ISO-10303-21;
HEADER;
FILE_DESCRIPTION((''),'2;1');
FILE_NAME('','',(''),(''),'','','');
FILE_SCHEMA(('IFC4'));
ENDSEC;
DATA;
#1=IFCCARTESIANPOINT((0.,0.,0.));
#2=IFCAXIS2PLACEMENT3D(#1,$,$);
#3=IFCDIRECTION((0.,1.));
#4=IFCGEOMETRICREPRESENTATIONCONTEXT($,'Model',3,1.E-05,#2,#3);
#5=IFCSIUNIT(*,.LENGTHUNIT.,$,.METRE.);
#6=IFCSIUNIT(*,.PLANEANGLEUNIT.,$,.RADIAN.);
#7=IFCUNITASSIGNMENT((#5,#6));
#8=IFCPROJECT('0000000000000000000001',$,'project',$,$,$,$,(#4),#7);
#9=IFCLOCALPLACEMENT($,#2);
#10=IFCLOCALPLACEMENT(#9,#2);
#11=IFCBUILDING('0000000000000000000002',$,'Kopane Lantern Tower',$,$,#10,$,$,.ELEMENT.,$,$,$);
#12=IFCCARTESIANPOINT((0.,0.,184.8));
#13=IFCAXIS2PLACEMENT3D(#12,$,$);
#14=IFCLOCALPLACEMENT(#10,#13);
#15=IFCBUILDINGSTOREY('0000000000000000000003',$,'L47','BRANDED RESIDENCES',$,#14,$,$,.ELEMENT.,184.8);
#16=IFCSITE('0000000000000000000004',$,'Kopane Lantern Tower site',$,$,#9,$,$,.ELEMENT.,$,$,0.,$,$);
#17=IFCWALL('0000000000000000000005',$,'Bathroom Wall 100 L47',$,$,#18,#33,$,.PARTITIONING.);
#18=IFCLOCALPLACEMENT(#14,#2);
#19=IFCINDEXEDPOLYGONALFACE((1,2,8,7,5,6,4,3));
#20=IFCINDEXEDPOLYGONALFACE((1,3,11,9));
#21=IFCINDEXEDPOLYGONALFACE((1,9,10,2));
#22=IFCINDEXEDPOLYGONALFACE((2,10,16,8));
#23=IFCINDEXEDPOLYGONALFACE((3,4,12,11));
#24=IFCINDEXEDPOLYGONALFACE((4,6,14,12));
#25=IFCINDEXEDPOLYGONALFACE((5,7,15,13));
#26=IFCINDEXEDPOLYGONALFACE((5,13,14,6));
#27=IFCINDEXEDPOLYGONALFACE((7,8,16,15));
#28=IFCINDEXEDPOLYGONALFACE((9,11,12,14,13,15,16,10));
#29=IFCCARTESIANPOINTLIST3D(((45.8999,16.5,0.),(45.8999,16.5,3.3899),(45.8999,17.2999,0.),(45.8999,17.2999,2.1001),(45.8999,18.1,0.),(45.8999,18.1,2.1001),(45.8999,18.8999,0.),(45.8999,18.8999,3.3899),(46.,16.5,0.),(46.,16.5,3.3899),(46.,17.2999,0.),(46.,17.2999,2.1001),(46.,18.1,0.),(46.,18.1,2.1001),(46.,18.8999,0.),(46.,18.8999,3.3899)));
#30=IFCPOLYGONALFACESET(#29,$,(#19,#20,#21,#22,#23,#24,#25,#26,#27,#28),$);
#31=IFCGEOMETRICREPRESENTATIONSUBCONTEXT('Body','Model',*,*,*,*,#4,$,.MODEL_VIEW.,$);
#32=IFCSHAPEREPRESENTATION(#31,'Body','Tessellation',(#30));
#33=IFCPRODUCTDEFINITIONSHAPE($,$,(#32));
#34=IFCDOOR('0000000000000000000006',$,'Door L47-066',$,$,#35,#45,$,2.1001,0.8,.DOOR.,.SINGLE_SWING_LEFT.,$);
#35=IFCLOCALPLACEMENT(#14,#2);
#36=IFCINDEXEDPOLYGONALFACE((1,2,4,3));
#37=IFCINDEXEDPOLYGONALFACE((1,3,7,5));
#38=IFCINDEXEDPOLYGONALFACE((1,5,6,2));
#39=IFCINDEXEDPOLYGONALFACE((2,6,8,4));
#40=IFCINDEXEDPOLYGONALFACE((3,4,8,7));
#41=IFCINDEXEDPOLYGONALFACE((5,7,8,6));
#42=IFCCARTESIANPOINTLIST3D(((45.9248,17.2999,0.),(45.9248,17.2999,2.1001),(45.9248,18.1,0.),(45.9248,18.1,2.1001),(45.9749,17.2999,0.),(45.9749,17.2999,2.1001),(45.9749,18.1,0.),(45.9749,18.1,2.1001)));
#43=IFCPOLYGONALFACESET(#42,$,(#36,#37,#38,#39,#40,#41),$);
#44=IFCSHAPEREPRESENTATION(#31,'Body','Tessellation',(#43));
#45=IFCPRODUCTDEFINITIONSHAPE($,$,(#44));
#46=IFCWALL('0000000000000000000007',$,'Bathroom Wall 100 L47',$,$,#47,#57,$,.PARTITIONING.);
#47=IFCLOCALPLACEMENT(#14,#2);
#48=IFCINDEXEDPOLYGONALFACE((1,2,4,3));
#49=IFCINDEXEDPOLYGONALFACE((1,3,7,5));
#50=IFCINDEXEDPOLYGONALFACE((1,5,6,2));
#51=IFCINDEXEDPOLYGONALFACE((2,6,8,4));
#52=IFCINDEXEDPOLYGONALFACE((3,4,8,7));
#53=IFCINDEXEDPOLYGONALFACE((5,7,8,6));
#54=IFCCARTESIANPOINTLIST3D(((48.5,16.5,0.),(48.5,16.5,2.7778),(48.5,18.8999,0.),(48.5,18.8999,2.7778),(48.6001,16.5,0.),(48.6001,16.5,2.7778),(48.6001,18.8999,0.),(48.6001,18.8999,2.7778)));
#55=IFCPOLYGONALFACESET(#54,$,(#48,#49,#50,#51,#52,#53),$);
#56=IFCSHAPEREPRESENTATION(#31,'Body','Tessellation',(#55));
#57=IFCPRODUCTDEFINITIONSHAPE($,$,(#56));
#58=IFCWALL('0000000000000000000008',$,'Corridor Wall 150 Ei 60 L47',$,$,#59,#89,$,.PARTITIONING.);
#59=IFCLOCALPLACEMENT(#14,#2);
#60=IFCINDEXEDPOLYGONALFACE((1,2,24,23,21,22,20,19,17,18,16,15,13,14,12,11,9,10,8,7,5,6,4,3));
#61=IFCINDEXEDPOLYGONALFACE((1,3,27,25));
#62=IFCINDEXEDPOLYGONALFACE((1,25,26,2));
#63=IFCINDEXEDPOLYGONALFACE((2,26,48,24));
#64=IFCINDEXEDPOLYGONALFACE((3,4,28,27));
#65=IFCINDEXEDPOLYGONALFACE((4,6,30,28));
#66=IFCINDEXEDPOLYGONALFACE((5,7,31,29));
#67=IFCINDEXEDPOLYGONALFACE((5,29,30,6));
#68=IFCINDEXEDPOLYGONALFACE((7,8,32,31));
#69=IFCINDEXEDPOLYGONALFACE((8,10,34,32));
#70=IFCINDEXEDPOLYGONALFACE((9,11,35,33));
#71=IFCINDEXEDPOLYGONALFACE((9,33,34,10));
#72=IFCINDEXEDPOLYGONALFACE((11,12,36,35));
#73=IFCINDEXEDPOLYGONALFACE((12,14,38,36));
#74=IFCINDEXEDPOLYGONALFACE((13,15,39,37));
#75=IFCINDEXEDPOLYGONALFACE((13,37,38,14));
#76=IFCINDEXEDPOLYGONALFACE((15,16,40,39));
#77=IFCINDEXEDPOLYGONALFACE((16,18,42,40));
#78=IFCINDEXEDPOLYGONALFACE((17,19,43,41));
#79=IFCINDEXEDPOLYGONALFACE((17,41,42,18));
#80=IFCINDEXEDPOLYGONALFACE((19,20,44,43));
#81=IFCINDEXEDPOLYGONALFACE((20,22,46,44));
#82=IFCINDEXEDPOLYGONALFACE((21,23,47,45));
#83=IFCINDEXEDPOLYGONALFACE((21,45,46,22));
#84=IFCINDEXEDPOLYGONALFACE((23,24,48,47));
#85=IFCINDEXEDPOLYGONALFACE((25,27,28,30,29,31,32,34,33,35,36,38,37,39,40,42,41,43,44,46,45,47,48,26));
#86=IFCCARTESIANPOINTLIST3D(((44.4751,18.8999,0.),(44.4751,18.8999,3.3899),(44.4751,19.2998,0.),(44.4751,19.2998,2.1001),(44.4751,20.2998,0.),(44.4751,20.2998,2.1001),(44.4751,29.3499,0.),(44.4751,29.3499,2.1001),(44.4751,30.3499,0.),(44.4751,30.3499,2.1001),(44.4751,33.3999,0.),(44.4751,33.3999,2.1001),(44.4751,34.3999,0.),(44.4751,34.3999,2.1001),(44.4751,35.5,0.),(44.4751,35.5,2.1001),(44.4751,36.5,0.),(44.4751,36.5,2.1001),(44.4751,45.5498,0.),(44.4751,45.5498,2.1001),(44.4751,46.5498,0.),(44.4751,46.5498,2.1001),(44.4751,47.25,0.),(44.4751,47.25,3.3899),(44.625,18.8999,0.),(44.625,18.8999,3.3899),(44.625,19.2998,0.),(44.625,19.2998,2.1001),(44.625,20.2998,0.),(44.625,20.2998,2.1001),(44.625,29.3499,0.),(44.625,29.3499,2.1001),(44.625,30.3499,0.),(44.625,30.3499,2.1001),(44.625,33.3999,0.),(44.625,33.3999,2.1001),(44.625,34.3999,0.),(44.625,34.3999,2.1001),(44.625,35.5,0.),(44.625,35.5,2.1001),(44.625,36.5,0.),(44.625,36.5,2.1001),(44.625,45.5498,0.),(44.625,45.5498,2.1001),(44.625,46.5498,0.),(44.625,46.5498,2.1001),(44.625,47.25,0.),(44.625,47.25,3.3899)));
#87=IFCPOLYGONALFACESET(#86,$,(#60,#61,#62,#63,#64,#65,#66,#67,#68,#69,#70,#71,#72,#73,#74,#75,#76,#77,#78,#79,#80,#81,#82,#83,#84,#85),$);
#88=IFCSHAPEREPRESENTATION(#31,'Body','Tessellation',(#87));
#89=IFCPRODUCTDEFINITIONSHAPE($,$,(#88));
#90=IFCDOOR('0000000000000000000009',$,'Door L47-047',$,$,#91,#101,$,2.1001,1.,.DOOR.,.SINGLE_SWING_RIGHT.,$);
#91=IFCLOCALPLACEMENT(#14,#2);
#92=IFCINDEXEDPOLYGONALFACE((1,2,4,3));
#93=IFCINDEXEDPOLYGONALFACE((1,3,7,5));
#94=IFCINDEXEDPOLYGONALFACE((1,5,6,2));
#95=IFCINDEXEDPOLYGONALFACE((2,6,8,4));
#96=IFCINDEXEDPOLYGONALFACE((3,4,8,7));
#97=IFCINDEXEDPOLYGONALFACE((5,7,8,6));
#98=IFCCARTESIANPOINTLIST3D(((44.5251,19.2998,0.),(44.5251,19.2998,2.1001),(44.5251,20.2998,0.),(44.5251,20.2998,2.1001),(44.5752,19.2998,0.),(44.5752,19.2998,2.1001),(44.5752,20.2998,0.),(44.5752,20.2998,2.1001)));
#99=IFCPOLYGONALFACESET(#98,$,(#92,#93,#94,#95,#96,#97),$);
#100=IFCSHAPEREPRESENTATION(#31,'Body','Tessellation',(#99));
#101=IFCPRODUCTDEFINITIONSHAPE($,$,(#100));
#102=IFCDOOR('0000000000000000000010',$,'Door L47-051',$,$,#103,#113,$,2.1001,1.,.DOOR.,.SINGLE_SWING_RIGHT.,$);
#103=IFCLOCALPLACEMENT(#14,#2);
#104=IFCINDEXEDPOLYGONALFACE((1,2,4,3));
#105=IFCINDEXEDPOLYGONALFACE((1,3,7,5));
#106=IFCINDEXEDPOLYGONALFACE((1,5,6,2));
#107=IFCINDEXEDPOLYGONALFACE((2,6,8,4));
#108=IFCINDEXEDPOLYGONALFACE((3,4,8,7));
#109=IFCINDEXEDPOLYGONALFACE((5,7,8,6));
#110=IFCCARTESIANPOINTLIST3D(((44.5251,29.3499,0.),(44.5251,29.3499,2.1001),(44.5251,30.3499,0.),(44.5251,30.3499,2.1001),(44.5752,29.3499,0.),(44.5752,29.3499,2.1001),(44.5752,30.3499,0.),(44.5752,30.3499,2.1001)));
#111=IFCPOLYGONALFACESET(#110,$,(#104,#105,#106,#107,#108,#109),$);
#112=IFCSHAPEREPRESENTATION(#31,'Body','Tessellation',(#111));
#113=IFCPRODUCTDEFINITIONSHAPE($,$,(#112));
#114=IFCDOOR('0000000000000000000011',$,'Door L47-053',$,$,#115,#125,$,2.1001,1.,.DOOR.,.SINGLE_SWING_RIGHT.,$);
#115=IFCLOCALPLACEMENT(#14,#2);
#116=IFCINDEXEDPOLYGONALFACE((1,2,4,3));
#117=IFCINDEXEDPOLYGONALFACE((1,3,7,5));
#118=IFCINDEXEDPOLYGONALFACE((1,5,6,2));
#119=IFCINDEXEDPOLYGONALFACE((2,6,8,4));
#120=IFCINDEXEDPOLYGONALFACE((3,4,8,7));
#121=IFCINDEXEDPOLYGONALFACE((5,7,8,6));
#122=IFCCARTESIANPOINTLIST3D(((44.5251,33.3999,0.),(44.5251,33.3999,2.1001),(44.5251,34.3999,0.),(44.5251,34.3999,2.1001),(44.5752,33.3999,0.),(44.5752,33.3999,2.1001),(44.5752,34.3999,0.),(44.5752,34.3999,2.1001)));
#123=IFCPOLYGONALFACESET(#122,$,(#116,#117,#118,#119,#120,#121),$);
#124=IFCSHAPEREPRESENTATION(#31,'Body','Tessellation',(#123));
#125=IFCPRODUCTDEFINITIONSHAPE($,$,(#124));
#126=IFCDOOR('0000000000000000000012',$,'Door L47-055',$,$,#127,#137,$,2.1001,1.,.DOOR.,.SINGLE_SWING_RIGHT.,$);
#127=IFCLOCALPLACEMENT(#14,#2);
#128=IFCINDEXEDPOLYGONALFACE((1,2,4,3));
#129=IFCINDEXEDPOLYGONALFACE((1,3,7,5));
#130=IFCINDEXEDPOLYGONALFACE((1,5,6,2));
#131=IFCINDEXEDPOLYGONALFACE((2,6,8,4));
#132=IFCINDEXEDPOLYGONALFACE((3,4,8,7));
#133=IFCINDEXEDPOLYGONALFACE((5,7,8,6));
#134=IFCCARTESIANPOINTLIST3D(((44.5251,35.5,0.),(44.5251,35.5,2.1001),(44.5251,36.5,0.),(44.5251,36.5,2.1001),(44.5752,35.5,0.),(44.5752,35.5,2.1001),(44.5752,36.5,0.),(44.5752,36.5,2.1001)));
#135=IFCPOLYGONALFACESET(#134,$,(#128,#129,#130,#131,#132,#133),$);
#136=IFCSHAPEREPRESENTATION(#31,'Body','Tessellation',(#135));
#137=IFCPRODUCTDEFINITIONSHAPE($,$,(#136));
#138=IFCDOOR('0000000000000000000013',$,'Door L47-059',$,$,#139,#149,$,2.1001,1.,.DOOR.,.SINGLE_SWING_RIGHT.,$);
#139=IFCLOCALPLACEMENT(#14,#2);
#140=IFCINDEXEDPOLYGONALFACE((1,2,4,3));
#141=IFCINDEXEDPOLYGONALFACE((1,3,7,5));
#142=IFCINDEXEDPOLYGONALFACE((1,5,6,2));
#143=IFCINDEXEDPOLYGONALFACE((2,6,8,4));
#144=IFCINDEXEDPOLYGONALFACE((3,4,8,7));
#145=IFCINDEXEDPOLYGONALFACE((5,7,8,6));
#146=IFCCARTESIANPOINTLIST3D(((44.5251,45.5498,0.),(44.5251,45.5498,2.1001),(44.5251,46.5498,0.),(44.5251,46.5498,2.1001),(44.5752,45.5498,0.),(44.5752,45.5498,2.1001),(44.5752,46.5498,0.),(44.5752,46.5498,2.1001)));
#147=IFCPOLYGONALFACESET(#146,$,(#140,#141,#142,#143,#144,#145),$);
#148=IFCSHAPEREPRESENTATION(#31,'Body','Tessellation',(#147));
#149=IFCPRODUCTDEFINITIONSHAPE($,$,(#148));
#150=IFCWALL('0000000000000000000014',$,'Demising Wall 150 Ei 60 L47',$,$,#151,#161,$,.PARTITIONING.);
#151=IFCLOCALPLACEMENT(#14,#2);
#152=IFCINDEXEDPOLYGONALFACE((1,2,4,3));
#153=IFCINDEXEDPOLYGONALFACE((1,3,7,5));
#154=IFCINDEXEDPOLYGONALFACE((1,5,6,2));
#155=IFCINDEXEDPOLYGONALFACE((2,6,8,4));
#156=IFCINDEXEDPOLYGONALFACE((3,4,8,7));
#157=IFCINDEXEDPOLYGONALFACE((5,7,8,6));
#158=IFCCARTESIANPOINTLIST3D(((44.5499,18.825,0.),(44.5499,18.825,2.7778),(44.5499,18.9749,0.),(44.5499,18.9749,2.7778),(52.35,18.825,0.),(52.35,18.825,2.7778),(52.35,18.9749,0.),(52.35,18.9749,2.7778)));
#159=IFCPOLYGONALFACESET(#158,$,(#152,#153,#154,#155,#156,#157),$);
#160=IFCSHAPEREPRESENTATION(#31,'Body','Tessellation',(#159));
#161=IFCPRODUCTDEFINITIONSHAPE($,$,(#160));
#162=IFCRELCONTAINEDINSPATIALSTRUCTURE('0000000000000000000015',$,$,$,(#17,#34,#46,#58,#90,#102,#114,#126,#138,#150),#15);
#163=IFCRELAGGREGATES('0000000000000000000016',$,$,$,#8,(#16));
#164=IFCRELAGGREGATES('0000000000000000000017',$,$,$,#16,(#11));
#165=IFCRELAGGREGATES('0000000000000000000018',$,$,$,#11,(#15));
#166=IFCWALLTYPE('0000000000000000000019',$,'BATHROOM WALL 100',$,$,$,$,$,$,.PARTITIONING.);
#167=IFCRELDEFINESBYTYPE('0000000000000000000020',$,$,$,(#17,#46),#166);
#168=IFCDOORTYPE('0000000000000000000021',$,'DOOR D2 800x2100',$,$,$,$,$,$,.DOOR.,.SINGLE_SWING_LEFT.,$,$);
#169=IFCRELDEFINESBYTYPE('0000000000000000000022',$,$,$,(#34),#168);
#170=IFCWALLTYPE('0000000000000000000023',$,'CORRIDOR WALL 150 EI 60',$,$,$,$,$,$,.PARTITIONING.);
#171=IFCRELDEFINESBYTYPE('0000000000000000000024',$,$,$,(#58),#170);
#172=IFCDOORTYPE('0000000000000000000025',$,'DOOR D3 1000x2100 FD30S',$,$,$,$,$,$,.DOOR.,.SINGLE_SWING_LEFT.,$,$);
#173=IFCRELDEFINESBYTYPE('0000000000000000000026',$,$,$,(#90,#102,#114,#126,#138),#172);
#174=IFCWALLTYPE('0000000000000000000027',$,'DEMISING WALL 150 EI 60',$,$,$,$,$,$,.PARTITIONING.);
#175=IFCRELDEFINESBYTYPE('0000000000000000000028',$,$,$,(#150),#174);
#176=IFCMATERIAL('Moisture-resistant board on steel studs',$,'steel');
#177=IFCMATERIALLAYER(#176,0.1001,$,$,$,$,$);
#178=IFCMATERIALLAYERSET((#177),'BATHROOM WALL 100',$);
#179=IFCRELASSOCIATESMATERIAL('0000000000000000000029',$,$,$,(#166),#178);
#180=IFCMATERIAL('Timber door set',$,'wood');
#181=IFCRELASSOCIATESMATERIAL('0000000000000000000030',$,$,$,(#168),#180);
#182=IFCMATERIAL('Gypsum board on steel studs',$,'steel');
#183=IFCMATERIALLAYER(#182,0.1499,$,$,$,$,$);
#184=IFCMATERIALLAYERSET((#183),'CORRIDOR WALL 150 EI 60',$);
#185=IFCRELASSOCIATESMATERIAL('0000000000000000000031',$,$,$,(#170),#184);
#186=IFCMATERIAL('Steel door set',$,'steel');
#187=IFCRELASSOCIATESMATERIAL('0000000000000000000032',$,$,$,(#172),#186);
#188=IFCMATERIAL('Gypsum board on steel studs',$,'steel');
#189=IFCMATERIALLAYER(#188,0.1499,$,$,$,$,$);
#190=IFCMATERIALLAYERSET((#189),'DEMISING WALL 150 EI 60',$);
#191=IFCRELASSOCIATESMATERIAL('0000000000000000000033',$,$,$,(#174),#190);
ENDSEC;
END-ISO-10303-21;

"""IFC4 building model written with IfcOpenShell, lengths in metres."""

from ifc_helpers import new_model, si_unit, direction, frame, frame_2d, origin, place, context, subcontext, project, spatial, rectangle, extrude, material, layer, layer_set, type_object, element, fill, save


model = new_model("IFC4")

# Units and contexts
model_context = context("Model", 3, precision=1e-05, world=origin(), true_north=direction((0.0, 1.0)))
body_context = subcontext(model_context, "Body", "Model", "MODEL_VIEW")
ifc_project = project(units=[si_unit("LENGTHUNIT", "METRE"), si_unit("PLANEANGLEUNIT", "RADIAN")], contexts=[model_context])

# Site, building, storey
site_placement = place(None, origin())
site = spatial("IfcSite", under=ifc_project, at=site_placement, Name="Kopane Lantern Tower site", CompositionType="ELEMENT", RefElevation=0.0)
building_placement = place(site_placement, origin())
building = spatial("IfcBuilding", under=site, at=building_placement, Name="Kopane Lantern Tower", CompositionType="ELEMENT")
storey_placement = place(building_placement, frame((0.0, 0.0, 184.8)))
storey = spatial("IfcBuildingStorey", under=building, at=storey_placement, Name="L47", Description="BRANDED RESIDENCES", CompositionType="ELEMENT", Elevation=184.8)

# Wall, opening, door
ifc_material_1 = material(Name="Moisture-resistant board on steel studs", Category="steel")
ifc_layer_1 = layer(ifc_material_1, 0.1001)
ifc_layer_set_1 = layer_set([ifc_layer_1], Name="BATHROOM WALL 100")
wall_type_1 = type_object("IfcWallType", Name="BATHROOM WALL 100", PredefinedType="PARTITIONING", material=ifc_layer_set_1)
wall_1_placement = place(storey_placement, frame((45.95, 18.8999, 0.0), z_axis=(0.0, 0.0, 1.0), x_axis=(0.0, -1.0, 0.0)))
wall_1 = element("IfcWall", 1, at=wall_1_placement, inside=storey, type_object=wall_type_1, Name="Bathroom Wall 100 L47", PredefinedType="PARTITIONING", context=body_context, shape_type="SweptSolid", body=[
    extrude(rectangle(XDim=2.3999, YDim=0.1001, at=frame_2d((1.2, 0.0))), origin(), (0.0, 0.0, 1.0), 3.3899),
])
opening_1_placement = place(wall_1_placement, frame((0.8, 0.0, 0.0)))
opening_1 = element("IfcOpeningElement", 2, at=opening_1_placement, cuts=wall_1, PredefinedType="OPENING", context=body_context, shape_type="SweptSolid", body=[
    extrude(rectangle(XDim=0.8, YDim=2.1001, at=frame_2d((0.3999, 1.05))), frame((0.0, 0.0601, 0.0), z_axis=(0.0, -1.0, 0.0), x_axis=(1.0, 0.0, 0.0)), (0.0, 0.0, 1.0), 0.1201),
])
ifc_material_2 = material(Name="Timber door set", Category="wood")
door_type_1 = type_object("IfcDoorType", Name="DOOR D2 800x2100", OperationType="SINGLE_SWING_LEFT", PredefinedType="DOOR", material=ifc_material_2)
door_1_placement = place(opening_1_placement, origin())
door_1 = element("IfcDoor", 3, at=door_1_placement, inside=storey, type_object=door_type_1, Name="Door L47-066", OperationType="SINGLE_SWING_LEFT", OverallHeight=2.1001, OverallWidth=0.8, PredefinedType="DOOR", context=body_context, shape_type="SweptSolid", body=[
    extrude(rectangle(XDim=0.8, YDim=2.1001, at=frame_2d((0.3999, 1.05))), frame((0.0, 0.0249, 0.0), z_axis=(0.0, -1.0, 0.0), x_axis=(1.0, 0.0, 0.0)), (0.0, 0.0, 1.0), 0.05),
])
fill(opening_1, door_1)

# Wall
wall_2_placement = place(storey_placement, frame((48.55, 18.8999, 0.0), z_axis=(0.0, 0.0, 1.0), x_axis=(0.0, -1.0, 0.0)))
element("IfcWall", 4, at=wall_2_placement, inside=storey, type_object=wall_type_1, Name="Bathroom Wall 100 L47", PredefinedType="PARTITIONING", context=body_context, shape_type="SweptSolid", body=[
    extrude(rectangle(XDim=2.3999, YDim=0.1001, at=frame_2d((1.2, 0.0))), origin(), (0.0, 0.0, 1.0), 2.7778),
])

# Wall, openings, doors
ifc_material_3 = material(Name="Gypsum board on steel studs", Category="steel")
ifc_layer_2 = layer(ifc_material_3, 0.1499)
ifc_layer_set_2 = layer_set([ifc_layer_2], Name="CORRIDOR WALL 150 EI 60")
wall_type_2 = type_object("IfcWallType", Name="CORRIDOR WALL 150 EI 60", PredefinedType="PARTITIONING", material=ifc_layer_set_2)
wall_3_placement = place(storey_placement, frame((44.55, 18.8999, 0.0), z_axis=(0.0, 0.0, 1.0), x_axis=(0.0, 1.0, 0.0)))
wall_3 = element("IfcWall", 5, at=wall_3_placement, inside=storey, type_object=wall_type_2, Name="Corridor Wall 150 Ei 60 L47", PredefinedType="PARTITIONING", context=body_context, shape_type="SweptSolid", body=[
    extrude(rectangle(XDim=28.3501, YDim=0.1499, at=frame_2d((14.175, 0.0))), origin(), (0.0, 0.0, 1.0), 3.3899),
])
opening_2_placement = place(wall_3_placement, frame((0.3999, 0.0, 0.0)))
opening_2 = element("IfcOpeningElement", 6, at=opening_2_placement, cuts=wall_3, PredefinedType="OPENING", context=body_context, shape_type="SweptSolid", body=[
    extrude(rectangle(XDim=1.0, YDim=2.1001, at=frame_2d((0.5, 1.05))), frame((0.0, 0.085, 0.0), z_axis=(0.0, -1.0, 0.0), x_axis=(1.0, 0.0, 0.0)), (0.0, 0.0, 1.0), 0.1699),
])
opening_3_placement = place(wall_3_placement, frame((10.45, 0.0, 0.0)))
opening_3 = element("IfcOpeningElement", 7, at=opening_3_placement, cuts=wall_3, PredefinedType="OPENING", context=body_context, shape_type="SweptSolid", body=[
    extrude(rectangle(XDim=1.0, YDim=2.1001, at=frame_2d((0.5, 1.05))), frame((0.0, 0.085, 0.0), z_axis=(0.0, -1.0, 0.0), x_axis=(1.0, 0.0, 0.0)), (0.0, 0.0, 1.0), 0.1699),
])
opening_4_placement = place(wall_3_placement, frame((14.5, 0.0, 0.0)))
opening_4 = element("IfcOpeningElement", 8, at=opening_4_placement, cuts=wall_3, PredefinedType="OPENING", context=body_context, shape_type="SweptSolid", body=[
    extrude(rectangle(XDim=1.0, YDim=2.1001, at=frame_2d((0.5, 1.05))), frame((0.0, 0.085, 0.0), z_axis=(0.0, -1.0, 0.0), x_axis=(1.0, 0.0, 0.0)), (0.0, 0.0, 1.0), 0.1699),
])
opening_5_placement = place(wall_3_placement, frame((16.6001, 0.0, 0.0)))
opening_5 = element("IfcOpeningElement", 9, at=opening_5_placement, cuts=wall_3, PredefinedType="OPENING", context=body_context, shape_type="SweptSolid", body=[
    extrude(rectangle(XDim=1.0, YDim=2.1001, at=frame_2d((0.5, 1.05))), frame((0.0, 0.085, 0.0), z_axis=(0.0, -1.0, 0.0), x_axis=(1.0, 0.0, 0.0)), (0.0, 0.0, 1.0), 0.1699),
])
opening_6_placement = place(wall_3_placement, frame((26.6499, 0.0, 0.0)))
opening_6 = element("IfcOpeningElement", 10, at=opening_6_placement, cuts=wall_3, PredefinedType="OPENING", context=body_context, shape_type="SweptSolid", body=[
    extrude(rectangle(XDim=1.0, YDim=2.1001, at=frame_2d((0.5, 1.05))), frame((0.0, 0.085, 0.0), z_axis=(0.0, -1.0, 0.0), x_axis=(1.0, 0.0, 0.0)), (0.0, 0.0, 1.0), 0.1699),
])
ifc_material_4 = material(Name="Steel door set", Category="steel")
door_type_2 = type_object("IfcDoorType", Name="DOOR D3 1000x2100 FD30S", OperationType="SINGLE_SWING_LEFT", PredefinedType="DOOR", material=ifc_material_4)
door_2_placement = place(opening_2_placement, origin())
door_2 = element("IfcDoor", 11, at=door_2_placement, inside=storey, type_object=door_type_2, Name="Door L47-047", OperationType="SINGLE_SWING_RIGHT", OverallHeight=2.1001, OverallWidth=1.0, PredefinedType="DOOR", context=body_context, shape_type="SweptSolid", body=[
    extrude(rectangle(XDim=1.0, YDim=2.1001, at=frame_2d((0.5, 1.05))), frame((0.0, 0.0249, 0.0), z_axis=(0.0, -1.0, 0.0), x_axis=(1.0, 0.0, 0.0)), (0.0, 0.0, 1.0), 0.05),
])
fill(opening_2, door_2)
door_3_placement = place(opening_3_placement, origin())
door_3 = element("IfcDoor", 12, at=door_3_placement, inside=storey, type_object=door_type_2, Name="Door L47-051", OperationType="SINGLE_SWING_RIGHT", OverallHeight=2.1001, OverallWidth=1.0, PredefinedType="DOOR", context=body_context, shape_type="SweptSolid", body=[
    extrude(rectangle(XDim=1.0, YDim=2.1001, at=frame_2d((0.5, 1.05))), frame((0.0, 0.0249, 0.0), z_axis=(0.0, -1.0, 0.0), x_axis=(1.0, 0.0, 0.0)), (0.0, 0.0, 1.0), 0.05),
])
fill(opening_3, door_3)
door_4_placement = place(opening_4_placement, origin())
door_4 = element("IfcDoor", 13, at=door_4_placement, inside=storey, type_object=door_type_2, Name="Door L47-053", OperationType="SINGLE_SWING_RIGHT", OverallHeight=2.1001, OverallWidth=1.0, PredefinedType="DOOR", context=body_context, shape_type="SweptSolid", body=[
    extrude(rectangle(XDim=1.0, YDim=2.1001, at=frame_2d((0.5, 1.05))), frame((0.0, 0.0249, 0.0), z_axis=(0.0, -1.0, 0.0), x_axis=(1.0, 0.0, 0.0)), (0.0, 0.0, 1.0), 0.05),
])
fill(opening_4, door_4)
door_5_placement = place(opening_5_placement, origin())
door_5 = element("IfcDoor", 14, at=door_5_placement, inside=storey, type_object=door_type_2, Name="Door L47-055", OperationType="SINGLE_SWING_RIGHT", OverallHeight=2.1001, OverallWidth=1.0, PredefinedType="DOOR", context=body_context, shape_type="SweptSolid", body=[
    extrude(rectangle(XDim=1.0, YDim=2.1001, at=frame_2d((0.5, 1.05))), frame((0.0, 0.0249, 0.0), z_axis=(0.0, -1.0, 0.0), x_axis=(1.0, 0.0, 0.0)), (0.0, 0.0, 1.0), 0.05),
])
fill(opening_5, door_5)
door_6_placement = place(opening_6_placement, origin())
door_6 = element("IfcDoor", 15, at=door_6_placement, inside=storey, type_object=door_type_2, Name="Door L47-059", OperationType="SINGLE_SWING_RIGHT", OverallHeight=2.1001, OverallWidth=1.0, PredefinedType="DOOR", context=body_context, shape_type="SweptSolid", body=[
    extrude(rectangle(XDim=1.0, YDim=2.1001, at=frame_2d((0.5, 1.05))), frame((0.0, 0.0249, 0.0), z_axis=(0.0, -1.0, 0.0), x_axis=(1.0, 0.0, 0.0)), (0.0, 0.0, 1.0), 0.05),
])
fill(opening_6, door_6)

# Wall
ifc_material_5 = material(Name="Gypsum board on steel studs", Category="steel")
ifc_layer_3 = layer(ifc_material_5, 0.1499)
ifc_layer_set_3 = layer_set([ifc_layer_3], Name="DEMISING WALL 150 EI 60")
wall_type_3 = type_object("IfcWallType", Name="DEMISING WALL 150 EI 60", PredefinedType="PARTITIONING", material=ifc_layer_set_3)
wall_4_placement = place(storey_placement, frame((44.55, 18.8999, 0.0), z_axis=(0.0, 0.0, 1.0), x_axis=(1.0, 0.0, 0.0)))
element("IfcWall", 16, at=wall_4_placement, inside=storey, type_object=wall_type_3, Name="Demising Wall 150 Ei 60 L47", PredefinedType="PARTITIONING", context=body_context, shape_type="SweptSolid", body=[
    extrude(rectangle(XDim=7.8, YDim=0.1499, at=frame_2d((3.8999, 0.0))), origin(), (0.0, 0.0, 1.0), 2.7778),
])

save(model, "model.ifc")
